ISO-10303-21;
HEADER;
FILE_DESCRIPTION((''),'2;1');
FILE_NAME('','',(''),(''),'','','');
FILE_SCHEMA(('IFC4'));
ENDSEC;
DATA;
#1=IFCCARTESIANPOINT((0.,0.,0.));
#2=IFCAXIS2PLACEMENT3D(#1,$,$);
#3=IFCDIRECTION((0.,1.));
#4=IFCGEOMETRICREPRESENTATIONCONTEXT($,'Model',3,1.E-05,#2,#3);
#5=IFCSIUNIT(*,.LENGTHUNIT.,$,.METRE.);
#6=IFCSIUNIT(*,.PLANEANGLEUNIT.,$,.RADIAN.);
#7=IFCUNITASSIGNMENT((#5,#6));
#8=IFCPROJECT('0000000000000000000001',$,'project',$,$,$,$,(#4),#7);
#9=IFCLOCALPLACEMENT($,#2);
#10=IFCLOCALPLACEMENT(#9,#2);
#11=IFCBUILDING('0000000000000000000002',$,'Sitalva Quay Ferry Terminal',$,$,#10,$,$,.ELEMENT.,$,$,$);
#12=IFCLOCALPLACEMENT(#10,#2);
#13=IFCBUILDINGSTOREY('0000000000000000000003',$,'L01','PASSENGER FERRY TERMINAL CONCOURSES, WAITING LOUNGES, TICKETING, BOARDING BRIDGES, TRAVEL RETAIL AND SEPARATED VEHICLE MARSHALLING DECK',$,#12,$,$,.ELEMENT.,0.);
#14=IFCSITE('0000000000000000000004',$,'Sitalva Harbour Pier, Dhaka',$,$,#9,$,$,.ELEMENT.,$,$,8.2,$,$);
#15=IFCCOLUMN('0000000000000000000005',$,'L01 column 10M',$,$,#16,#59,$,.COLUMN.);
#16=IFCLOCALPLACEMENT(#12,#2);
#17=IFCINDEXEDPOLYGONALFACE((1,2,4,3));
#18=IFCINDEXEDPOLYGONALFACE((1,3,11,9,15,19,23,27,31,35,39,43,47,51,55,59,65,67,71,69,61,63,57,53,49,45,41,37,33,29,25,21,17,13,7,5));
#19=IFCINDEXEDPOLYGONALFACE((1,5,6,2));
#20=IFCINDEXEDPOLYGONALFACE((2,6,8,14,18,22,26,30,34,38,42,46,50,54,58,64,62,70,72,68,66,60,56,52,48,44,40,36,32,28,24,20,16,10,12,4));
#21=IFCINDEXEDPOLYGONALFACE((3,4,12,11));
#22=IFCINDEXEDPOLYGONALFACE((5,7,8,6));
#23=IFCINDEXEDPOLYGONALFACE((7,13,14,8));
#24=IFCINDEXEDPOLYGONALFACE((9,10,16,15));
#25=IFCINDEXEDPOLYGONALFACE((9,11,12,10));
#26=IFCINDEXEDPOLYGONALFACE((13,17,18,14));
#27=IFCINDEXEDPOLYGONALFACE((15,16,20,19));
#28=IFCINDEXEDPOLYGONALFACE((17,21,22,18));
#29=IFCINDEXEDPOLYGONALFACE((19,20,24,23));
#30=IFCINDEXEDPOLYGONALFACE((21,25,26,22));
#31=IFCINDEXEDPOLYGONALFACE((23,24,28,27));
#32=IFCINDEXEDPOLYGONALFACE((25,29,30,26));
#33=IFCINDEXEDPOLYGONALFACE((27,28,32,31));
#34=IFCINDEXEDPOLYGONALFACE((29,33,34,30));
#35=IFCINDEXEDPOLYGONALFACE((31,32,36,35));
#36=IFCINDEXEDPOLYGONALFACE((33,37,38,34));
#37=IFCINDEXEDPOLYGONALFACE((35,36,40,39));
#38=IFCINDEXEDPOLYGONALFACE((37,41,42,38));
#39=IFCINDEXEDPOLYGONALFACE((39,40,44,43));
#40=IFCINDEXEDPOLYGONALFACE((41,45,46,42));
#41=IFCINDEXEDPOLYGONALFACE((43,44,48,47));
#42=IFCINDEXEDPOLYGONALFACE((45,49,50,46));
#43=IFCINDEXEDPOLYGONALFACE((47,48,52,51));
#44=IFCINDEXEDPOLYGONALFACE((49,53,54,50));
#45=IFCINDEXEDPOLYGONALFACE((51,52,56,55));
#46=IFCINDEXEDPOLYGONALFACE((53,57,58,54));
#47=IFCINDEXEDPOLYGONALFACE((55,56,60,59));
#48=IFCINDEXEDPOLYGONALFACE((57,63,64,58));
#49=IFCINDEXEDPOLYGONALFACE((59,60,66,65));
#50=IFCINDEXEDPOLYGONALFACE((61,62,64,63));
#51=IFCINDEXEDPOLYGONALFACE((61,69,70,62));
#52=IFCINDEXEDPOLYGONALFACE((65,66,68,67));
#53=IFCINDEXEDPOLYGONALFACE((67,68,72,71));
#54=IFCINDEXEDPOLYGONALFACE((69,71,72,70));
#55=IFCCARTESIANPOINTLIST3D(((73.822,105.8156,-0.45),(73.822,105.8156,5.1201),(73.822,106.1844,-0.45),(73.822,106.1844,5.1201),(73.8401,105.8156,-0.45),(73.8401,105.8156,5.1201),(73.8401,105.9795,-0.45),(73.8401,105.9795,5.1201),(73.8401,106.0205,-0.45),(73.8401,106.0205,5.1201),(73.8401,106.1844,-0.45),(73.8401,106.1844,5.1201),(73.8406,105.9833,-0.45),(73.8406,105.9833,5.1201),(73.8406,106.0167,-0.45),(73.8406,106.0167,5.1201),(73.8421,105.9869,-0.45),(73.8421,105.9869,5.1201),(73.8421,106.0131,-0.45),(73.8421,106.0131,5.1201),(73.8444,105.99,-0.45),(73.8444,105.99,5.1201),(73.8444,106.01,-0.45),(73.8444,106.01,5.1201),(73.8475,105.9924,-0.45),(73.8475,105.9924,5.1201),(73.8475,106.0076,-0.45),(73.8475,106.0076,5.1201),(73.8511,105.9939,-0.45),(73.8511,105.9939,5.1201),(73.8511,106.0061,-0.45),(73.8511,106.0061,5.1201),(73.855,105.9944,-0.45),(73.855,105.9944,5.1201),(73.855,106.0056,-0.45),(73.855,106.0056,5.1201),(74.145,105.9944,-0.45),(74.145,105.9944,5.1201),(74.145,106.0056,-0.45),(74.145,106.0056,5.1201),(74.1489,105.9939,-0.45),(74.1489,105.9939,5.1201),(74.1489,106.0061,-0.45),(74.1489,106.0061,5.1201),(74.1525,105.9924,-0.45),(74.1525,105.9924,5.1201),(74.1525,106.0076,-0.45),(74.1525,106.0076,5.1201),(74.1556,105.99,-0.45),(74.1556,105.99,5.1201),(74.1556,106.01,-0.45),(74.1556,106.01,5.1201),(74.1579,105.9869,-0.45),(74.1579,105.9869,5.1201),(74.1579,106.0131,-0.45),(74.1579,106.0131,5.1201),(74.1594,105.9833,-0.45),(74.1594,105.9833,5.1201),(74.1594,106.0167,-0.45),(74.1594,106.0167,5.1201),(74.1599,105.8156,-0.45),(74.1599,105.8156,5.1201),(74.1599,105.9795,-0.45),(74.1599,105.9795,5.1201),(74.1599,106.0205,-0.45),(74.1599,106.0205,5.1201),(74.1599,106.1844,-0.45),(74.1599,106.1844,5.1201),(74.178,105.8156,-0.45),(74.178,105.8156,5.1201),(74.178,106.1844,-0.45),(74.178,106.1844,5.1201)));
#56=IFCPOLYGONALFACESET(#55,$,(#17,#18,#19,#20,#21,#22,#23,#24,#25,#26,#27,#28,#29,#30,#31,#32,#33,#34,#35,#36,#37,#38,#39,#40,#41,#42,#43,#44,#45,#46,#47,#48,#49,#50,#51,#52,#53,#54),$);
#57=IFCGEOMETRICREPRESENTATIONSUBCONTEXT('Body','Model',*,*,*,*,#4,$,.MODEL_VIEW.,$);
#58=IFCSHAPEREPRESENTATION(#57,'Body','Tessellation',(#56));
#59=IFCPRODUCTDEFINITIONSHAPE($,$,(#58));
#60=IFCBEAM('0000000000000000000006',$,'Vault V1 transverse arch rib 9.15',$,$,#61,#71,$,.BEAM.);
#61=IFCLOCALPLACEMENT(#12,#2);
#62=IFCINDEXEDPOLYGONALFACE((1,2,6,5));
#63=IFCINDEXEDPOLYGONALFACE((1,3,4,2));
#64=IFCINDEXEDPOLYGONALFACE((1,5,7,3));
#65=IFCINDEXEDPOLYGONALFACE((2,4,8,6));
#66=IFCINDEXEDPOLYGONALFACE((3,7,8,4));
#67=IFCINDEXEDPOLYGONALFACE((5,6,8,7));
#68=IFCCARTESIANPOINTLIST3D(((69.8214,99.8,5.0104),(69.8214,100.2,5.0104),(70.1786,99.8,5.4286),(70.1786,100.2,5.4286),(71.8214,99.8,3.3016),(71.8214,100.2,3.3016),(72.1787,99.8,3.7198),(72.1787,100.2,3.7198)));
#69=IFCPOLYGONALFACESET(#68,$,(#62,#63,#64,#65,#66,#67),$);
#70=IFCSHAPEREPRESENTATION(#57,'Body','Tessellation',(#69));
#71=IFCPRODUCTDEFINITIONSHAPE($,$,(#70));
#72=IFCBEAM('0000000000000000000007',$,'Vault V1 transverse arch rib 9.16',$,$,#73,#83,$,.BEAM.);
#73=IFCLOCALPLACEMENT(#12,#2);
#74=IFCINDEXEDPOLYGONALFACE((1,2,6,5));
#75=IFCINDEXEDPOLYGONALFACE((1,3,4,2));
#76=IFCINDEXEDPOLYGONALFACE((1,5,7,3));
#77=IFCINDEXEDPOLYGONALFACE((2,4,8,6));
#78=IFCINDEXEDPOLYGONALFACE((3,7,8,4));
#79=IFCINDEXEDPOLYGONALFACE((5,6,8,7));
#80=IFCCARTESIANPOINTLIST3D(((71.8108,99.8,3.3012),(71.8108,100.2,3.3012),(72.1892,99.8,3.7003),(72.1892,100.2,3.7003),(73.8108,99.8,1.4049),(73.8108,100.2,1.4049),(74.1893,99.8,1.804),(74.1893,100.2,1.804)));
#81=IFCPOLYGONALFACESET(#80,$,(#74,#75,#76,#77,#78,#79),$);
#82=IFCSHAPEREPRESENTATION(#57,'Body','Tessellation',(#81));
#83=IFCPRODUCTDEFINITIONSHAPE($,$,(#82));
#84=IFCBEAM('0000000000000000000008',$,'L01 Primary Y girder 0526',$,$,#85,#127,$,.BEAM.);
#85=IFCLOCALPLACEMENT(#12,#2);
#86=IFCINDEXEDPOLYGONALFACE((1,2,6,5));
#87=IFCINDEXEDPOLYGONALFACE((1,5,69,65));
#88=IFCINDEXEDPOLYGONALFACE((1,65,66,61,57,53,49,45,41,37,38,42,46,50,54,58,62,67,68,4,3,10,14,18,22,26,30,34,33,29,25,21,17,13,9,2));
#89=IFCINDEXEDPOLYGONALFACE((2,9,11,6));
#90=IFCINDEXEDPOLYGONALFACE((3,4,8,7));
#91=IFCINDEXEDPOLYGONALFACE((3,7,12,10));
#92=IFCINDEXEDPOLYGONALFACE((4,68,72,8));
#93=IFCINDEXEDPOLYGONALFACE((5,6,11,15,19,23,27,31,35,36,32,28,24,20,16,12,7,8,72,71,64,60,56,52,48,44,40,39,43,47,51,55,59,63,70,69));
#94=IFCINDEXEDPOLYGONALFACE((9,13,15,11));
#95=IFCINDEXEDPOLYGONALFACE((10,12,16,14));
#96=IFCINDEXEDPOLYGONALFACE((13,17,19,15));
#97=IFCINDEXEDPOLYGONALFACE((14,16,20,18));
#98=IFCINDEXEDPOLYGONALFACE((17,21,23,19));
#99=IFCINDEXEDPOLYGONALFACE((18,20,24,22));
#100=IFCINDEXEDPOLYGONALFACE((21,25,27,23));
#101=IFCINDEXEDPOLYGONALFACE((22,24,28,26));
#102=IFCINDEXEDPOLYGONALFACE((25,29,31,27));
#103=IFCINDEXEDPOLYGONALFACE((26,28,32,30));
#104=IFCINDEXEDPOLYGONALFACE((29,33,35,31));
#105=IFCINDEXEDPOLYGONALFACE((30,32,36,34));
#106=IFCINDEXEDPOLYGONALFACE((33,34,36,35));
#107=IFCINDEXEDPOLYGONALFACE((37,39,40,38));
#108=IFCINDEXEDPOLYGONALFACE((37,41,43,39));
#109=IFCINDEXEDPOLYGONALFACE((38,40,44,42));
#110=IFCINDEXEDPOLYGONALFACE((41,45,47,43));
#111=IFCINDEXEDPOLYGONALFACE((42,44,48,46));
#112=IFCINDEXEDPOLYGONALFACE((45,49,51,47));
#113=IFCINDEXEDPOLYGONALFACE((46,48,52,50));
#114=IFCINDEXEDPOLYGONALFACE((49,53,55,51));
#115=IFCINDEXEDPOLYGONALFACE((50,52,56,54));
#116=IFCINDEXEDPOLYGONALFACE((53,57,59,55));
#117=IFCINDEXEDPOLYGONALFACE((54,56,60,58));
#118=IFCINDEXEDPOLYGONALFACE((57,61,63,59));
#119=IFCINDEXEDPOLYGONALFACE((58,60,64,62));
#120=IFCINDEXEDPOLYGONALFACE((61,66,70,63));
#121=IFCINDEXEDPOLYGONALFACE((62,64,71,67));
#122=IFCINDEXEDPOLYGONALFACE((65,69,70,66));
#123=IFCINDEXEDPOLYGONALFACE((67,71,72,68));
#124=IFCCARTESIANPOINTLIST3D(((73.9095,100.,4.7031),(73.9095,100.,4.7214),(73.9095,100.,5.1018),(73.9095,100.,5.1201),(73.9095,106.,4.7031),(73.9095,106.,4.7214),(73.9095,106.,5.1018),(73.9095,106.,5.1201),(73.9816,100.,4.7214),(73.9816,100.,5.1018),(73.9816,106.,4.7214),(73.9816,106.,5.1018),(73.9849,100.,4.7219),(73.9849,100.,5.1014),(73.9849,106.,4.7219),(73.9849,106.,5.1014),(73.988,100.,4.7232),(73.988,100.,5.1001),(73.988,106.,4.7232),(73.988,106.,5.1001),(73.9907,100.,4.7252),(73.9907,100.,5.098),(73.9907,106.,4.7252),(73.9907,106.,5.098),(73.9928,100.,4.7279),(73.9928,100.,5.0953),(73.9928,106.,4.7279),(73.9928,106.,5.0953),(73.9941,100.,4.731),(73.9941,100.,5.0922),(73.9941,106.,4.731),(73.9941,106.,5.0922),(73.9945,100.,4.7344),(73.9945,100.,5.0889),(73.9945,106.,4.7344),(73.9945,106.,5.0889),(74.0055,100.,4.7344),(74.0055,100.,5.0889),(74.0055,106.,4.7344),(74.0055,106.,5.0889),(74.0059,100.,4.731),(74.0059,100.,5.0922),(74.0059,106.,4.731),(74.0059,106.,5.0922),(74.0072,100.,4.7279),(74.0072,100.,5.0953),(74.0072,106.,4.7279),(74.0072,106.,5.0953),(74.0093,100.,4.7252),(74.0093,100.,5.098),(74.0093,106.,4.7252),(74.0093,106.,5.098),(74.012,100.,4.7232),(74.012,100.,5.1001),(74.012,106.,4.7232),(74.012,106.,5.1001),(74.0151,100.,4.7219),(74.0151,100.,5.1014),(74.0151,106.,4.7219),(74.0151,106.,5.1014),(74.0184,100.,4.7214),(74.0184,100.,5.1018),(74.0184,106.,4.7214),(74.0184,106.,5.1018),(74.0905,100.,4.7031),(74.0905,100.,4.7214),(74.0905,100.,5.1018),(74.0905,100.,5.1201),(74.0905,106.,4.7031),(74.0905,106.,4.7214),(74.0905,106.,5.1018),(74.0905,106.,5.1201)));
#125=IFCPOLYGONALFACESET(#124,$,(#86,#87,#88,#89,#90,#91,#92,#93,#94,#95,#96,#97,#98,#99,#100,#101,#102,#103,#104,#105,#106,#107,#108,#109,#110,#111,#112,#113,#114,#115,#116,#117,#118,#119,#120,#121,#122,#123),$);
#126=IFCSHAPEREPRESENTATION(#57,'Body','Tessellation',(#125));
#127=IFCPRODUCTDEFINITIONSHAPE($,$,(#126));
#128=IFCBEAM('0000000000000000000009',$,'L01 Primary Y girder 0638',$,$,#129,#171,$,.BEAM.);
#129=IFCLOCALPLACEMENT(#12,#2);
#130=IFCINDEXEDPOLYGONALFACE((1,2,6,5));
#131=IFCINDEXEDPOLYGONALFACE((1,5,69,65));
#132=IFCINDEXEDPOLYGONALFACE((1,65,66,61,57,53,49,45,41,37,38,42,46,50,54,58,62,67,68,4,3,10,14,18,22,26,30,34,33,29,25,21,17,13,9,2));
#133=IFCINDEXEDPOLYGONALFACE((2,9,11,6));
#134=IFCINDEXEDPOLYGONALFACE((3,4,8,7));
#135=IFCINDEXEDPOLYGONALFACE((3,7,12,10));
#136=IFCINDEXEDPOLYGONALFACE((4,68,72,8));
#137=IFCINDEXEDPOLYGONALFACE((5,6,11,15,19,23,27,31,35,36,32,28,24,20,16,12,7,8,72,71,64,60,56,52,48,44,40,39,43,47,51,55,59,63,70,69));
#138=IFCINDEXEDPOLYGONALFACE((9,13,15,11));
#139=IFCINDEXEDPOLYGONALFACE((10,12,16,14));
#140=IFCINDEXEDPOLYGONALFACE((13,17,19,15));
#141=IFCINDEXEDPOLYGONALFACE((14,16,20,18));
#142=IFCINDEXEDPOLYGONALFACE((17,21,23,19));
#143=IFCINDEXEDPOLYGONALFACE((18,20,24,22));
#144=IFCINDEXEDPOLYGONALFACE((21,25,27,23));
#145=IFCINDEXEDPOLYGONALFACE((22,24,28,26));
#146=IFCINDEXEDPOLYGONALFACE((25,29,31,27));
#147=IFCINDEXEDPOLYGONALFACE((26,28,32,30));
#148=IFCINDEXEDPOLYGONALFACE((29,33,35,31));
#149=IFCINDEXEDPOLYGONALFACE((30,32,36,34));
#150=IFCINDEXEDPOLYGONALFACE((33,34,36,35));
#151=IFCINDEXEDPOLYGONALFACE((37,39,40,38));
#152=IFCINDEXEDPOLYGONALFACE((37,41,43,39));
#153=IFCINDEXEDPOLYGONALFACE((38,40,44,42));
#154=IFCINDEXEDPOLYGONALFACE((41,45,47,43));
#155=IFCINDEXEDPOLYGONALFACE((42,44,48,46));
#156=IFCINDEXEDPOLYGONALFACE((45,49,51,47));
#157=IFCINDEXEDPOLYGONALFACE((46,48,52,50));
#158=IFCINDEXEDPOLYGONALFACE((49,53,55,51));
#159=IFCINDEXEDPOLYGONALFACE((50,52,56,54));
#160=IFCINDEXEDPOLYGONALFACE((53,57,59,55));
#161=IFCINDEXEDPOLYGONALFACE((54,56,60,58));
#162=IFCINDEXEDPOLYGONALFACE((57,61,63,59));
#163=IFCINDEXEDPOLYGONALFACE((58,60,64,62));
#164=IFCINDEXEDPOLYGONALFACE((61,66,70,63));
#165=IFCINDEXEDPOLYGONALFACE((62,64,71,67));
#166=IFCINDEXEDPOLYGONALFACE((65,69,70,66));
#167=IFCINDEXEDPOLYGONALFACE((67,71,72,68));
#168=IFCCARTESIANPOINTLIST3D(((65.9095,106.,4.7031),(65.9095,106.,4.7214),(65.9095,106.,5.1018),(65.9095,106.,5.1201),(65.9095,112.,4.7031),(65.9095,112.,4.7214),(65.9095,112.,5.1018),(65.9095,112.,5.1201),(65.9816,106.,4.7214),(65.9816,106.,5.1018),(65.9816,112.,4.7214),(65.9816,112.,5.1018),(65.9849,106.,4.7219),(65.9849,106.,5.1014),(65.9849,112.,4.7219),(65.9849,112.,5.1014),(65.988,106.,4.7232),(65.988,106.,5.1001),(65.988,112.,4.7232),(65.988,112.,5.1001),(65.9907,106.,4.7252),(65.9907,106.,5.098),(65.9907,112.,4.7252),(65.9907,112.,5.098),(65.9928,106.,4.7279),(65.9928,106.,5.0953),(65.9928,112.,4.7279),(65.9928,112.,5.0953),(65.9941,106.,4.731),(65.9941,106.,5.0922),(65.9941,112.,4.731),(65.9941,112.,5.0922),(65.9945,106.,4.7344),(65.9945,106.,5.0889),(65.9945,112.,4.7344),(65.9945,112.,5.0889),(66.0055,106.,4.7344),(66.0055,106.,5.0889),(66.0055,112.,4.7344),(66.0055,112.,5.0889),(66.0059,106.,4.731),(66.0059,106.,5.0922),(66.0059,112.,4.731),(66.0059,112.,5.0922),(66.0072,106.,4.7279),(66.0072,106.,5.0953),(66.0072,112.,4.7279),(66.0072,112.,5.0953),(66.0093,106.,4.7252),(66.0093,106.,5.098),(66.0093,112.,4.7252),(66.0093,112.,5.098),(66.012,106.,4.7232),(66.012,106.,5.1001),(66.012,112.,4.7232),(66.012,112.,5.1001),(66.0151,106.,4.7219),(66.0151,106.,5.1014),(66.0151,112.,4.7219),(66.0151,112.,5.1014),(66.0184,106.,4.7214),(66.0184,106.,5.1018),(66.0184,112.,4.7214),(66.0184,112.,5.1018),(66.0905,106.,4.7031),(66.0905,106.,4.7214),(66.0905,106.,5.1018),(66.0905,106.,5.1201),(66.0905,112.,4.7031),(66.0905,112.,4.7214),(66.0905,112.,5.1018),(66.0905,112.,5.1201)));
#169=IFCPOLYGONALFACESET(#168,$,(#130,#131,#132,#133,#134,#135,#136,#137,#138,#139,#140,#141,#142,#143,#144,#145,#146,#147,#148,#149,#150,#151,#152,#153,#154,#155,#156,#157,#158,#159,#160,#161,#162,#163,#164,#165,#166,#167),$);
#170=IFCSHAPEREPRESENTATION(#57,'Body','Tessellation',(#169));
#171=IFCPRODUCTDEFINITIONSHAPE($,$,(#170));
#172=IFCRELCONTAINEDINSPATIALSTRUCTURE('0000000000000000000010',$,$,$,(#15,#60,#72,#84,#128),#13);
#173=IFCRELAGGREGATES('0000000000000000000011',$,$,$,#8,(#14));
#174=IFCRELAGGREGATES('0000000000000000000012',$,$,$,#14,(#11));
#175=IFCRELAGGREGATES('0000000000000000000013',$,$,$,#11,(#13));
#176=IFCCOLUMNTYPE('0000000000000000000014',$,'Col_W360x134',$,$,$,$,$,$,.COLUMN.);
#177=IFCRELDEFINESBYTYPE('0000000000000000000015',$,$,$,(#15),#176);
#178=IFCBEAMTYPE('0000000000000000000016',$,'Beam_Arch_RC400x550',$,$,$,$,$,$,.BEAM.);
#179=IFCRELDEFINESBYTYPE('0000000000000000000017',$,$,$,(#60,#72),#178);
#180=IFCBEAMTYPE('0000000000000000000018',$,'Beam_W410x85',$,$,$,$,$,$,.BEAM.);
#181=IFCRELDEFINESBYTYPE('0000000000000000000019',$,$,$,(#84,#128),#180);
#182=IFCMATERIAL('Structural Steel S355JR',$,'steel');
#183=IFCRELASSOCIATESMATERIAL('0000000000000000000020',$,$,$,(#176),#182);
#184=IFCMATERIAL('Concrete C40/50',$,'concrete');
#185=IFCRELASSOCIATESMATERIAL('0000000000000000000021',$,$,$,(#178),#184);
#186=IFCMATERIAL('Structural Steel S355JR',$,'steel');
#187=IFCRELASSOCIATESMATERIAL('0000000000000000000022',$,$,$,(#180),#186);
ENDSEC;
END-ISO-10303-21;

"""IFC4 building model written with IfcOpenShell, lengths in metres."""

from ifc_helpers import new_model, si_unit, direction, frame, origin, origin_2d, place, context, subcontext, project, spatial, rectangle, i_section, extrude, material, material_profile, profile_set, type_object, element, save


model = new_model("IFC4")

# Units and contexts
model_context = context("Model", 3, precision=1e-05, world=origin(), true_north=direction((0.0, 1.0)))
body_context = subcontext(model_context, "Body", "Model", "MODEL_VIEW")
ifc_project = project(units=[si_unit("LENGTHUNIT", "METRE"), si_unit("PLANEANGLEUNIT", "RADIAN")], contexts=[model_context])

# Site, building, storey
site_placement = place(None, origin())
site = spatial("IfcSite", under=ifc_project, at=site_placement, Name="Sitalva Harbour Pier, Dhaka", CompositionType="ELEMENT", RefElevation=8.2)
building_placement = place(site_placement, origin())
building = spatial("IfcBuilding", under=site, at=building_placement, Name="Sitalva Quay Ferry Terminal", CompositionType="ELEMENT")
storey_placement = place(building_placement, origin())
storey = spatial("IfcBuildingStorey", under=building, at=storey_placement, Name="L01", Description="PASSENGER FERRY TERMINAL CONCOURSES, WAITING LOUNGES, TICKETING, BOARDING BRIDGES, TRAVEL RETAIL AND SEPARATED VEHICLE MARSHALLING DECK", CompositionType="ELEMENT", Elevation=0.0)

# Column
ifc_material_1 = material(Name="Structural Steel S355JR", Category="steel")
ifc_material_profile_1 = material_profile(ifc_material_1, i_section(OverallWidth=0.3689, OverallDepth=0.356, WebThickness=0.0112, FlangeThickness=0.0181, FilletRadius=0.0149, at=origin_2d()), Name="W360x134")
ifc_profile_set_1 = profile_set([ifc_material_profile_1], Name="Structural Steel S355JR")
column_type_1 = type_object("IfcColumnType", Name="Col_W360x134", PredefinedType="COLUMN", material=ifc_profile_set_1)
column_1_placement = place(storey_placement, frame((74.0, 106.0, -0.45), z_axis=(0.0, 0.0, 1.0), x_axis=(0.0, 1.0, 0.0)))
element("IfcColumn", 1, at=column_1_placement, inside=storey, type_object=column_type_1, Name="L01 column 10M", PredefinedType="COLUMN", context=body_context, shape_type="SweptSolid", body=[
    extrude(i_section(OverallWidth=0.3689, OverallDepth=0.356, WebThickness=0.0112, FlangeThickness=0.0181, FilletRadius=0.0149, at=origin_2d()), origin(), (0.0, 0.0, 1.0), 5.5701),
])

# Beams
ifc_material_2 = material(Name="Concrete C40/50", Category="concrete")
ifc_material_profile_2 = material_profile(ifc_material_2, rectangle(XDim=0.3999, YDim=0.55, at=origin_2d()), Name="RC400x550")
ifc_profile_set_2 = profile_set([ifc_material_profile_2], Name="Concrete C40/50")
beam_type_1 = type_object("IfcBeamType", Name="Beam_Arch_RC400x550", PredefinedType="BEAM", material=ifc_profile_set_2)
beam_1_placement = place(storey_placement, frame((70.0, 100.0, 5.2195), z_axis=(0.760297, 0.0, -0.649575), x_axis=(0.0, 1.0, 0.0)))
element("IfcBeam", 2, at=beam_1_placement, inside=storey, type_object=beam_type_1, Name="Vault V1 transverse arch rib 9.15", PredefinedType="BEAM", context=body_context, shape_type="SweptSolid", body=[
    extrude(rectangle(XDim=0.3999, YDim=0.55, at=origin_2d()), origin(), (0.0, 0.0, 1.0), 2.6306),
])
beam_2_placement = place(storey_placement, frame((72.0, 100.0, 3.5007), z_axis=(0.72568, 0.0, -0.688032), x_axis=(0.0, 1.0, 0.0)))
element("IfcBeam", 3, at=beam_2_placement, inside=storey, type_object=beam_type_1, Name="Vault V1 transverse arch rib 9.16", PredefinedType="BEAM", context=body_context, shape_type="SweptSolid", body=[
    extrude(rectangle(XDim=0.3999, YDim=0.55, at=origin_2d()), origin(), (0.0, 0.0, 1.0), 2.7561),
])
ifc_material_3 = material(Name="Structural Steel S355JR", Category="steel")
ifc_material_profile_3 = material_profile(ifc_material_3, i_section(OverallWidth=0.1809, OverallDepth=0.417, WebThickness=0.011, FlangeThickness=0.0183, FilletRadius=0.0129, at=origin_2d()), Name="W410x85")
ifc_profile_set_3 = profile_set([ifc_material_profile_3], Name="Structural Steel S355JR")
beam_type_2 = type_object("IfcBeamType", Name="Beam_W410x85", PredefinedType="BEAM", material=ifc_profile_set_3)
for number, where, z_axis, x_axis, name in (
    (4, (74.0, 100.0, 4.9116), (0.0, 1.0, 0.0), (-1.0, 0.0, 0.0), "L01 Primary Y girder 0526"),
    (5, (66.0, 106.0, 4.9116), (0.0, 1.0, 0.0), (-1.0, 0.0, 0.0), "L01 Primary Y girder 0638"),
):
    element("IfcBeam", number, at=place(storey_placement, frame(where, z_axis=z_axis, x_axis=x_axis)), inside=storey, type_object=beam_type_2, Name=name, PredefinedType="BEAM", context=body_context, shape_type="SweptSolid", body=[
        extrude(i_section(OverallWidth=0.1809, OverallDepth=0.417, WebThickness=0.011, FlangeThickness=0.0183, FilletRadius=0.0129, at=origin_2d()), origin(), (0.0, 0.0, 1.0), 6.0),
    ])

save(model, "model.ifc")
